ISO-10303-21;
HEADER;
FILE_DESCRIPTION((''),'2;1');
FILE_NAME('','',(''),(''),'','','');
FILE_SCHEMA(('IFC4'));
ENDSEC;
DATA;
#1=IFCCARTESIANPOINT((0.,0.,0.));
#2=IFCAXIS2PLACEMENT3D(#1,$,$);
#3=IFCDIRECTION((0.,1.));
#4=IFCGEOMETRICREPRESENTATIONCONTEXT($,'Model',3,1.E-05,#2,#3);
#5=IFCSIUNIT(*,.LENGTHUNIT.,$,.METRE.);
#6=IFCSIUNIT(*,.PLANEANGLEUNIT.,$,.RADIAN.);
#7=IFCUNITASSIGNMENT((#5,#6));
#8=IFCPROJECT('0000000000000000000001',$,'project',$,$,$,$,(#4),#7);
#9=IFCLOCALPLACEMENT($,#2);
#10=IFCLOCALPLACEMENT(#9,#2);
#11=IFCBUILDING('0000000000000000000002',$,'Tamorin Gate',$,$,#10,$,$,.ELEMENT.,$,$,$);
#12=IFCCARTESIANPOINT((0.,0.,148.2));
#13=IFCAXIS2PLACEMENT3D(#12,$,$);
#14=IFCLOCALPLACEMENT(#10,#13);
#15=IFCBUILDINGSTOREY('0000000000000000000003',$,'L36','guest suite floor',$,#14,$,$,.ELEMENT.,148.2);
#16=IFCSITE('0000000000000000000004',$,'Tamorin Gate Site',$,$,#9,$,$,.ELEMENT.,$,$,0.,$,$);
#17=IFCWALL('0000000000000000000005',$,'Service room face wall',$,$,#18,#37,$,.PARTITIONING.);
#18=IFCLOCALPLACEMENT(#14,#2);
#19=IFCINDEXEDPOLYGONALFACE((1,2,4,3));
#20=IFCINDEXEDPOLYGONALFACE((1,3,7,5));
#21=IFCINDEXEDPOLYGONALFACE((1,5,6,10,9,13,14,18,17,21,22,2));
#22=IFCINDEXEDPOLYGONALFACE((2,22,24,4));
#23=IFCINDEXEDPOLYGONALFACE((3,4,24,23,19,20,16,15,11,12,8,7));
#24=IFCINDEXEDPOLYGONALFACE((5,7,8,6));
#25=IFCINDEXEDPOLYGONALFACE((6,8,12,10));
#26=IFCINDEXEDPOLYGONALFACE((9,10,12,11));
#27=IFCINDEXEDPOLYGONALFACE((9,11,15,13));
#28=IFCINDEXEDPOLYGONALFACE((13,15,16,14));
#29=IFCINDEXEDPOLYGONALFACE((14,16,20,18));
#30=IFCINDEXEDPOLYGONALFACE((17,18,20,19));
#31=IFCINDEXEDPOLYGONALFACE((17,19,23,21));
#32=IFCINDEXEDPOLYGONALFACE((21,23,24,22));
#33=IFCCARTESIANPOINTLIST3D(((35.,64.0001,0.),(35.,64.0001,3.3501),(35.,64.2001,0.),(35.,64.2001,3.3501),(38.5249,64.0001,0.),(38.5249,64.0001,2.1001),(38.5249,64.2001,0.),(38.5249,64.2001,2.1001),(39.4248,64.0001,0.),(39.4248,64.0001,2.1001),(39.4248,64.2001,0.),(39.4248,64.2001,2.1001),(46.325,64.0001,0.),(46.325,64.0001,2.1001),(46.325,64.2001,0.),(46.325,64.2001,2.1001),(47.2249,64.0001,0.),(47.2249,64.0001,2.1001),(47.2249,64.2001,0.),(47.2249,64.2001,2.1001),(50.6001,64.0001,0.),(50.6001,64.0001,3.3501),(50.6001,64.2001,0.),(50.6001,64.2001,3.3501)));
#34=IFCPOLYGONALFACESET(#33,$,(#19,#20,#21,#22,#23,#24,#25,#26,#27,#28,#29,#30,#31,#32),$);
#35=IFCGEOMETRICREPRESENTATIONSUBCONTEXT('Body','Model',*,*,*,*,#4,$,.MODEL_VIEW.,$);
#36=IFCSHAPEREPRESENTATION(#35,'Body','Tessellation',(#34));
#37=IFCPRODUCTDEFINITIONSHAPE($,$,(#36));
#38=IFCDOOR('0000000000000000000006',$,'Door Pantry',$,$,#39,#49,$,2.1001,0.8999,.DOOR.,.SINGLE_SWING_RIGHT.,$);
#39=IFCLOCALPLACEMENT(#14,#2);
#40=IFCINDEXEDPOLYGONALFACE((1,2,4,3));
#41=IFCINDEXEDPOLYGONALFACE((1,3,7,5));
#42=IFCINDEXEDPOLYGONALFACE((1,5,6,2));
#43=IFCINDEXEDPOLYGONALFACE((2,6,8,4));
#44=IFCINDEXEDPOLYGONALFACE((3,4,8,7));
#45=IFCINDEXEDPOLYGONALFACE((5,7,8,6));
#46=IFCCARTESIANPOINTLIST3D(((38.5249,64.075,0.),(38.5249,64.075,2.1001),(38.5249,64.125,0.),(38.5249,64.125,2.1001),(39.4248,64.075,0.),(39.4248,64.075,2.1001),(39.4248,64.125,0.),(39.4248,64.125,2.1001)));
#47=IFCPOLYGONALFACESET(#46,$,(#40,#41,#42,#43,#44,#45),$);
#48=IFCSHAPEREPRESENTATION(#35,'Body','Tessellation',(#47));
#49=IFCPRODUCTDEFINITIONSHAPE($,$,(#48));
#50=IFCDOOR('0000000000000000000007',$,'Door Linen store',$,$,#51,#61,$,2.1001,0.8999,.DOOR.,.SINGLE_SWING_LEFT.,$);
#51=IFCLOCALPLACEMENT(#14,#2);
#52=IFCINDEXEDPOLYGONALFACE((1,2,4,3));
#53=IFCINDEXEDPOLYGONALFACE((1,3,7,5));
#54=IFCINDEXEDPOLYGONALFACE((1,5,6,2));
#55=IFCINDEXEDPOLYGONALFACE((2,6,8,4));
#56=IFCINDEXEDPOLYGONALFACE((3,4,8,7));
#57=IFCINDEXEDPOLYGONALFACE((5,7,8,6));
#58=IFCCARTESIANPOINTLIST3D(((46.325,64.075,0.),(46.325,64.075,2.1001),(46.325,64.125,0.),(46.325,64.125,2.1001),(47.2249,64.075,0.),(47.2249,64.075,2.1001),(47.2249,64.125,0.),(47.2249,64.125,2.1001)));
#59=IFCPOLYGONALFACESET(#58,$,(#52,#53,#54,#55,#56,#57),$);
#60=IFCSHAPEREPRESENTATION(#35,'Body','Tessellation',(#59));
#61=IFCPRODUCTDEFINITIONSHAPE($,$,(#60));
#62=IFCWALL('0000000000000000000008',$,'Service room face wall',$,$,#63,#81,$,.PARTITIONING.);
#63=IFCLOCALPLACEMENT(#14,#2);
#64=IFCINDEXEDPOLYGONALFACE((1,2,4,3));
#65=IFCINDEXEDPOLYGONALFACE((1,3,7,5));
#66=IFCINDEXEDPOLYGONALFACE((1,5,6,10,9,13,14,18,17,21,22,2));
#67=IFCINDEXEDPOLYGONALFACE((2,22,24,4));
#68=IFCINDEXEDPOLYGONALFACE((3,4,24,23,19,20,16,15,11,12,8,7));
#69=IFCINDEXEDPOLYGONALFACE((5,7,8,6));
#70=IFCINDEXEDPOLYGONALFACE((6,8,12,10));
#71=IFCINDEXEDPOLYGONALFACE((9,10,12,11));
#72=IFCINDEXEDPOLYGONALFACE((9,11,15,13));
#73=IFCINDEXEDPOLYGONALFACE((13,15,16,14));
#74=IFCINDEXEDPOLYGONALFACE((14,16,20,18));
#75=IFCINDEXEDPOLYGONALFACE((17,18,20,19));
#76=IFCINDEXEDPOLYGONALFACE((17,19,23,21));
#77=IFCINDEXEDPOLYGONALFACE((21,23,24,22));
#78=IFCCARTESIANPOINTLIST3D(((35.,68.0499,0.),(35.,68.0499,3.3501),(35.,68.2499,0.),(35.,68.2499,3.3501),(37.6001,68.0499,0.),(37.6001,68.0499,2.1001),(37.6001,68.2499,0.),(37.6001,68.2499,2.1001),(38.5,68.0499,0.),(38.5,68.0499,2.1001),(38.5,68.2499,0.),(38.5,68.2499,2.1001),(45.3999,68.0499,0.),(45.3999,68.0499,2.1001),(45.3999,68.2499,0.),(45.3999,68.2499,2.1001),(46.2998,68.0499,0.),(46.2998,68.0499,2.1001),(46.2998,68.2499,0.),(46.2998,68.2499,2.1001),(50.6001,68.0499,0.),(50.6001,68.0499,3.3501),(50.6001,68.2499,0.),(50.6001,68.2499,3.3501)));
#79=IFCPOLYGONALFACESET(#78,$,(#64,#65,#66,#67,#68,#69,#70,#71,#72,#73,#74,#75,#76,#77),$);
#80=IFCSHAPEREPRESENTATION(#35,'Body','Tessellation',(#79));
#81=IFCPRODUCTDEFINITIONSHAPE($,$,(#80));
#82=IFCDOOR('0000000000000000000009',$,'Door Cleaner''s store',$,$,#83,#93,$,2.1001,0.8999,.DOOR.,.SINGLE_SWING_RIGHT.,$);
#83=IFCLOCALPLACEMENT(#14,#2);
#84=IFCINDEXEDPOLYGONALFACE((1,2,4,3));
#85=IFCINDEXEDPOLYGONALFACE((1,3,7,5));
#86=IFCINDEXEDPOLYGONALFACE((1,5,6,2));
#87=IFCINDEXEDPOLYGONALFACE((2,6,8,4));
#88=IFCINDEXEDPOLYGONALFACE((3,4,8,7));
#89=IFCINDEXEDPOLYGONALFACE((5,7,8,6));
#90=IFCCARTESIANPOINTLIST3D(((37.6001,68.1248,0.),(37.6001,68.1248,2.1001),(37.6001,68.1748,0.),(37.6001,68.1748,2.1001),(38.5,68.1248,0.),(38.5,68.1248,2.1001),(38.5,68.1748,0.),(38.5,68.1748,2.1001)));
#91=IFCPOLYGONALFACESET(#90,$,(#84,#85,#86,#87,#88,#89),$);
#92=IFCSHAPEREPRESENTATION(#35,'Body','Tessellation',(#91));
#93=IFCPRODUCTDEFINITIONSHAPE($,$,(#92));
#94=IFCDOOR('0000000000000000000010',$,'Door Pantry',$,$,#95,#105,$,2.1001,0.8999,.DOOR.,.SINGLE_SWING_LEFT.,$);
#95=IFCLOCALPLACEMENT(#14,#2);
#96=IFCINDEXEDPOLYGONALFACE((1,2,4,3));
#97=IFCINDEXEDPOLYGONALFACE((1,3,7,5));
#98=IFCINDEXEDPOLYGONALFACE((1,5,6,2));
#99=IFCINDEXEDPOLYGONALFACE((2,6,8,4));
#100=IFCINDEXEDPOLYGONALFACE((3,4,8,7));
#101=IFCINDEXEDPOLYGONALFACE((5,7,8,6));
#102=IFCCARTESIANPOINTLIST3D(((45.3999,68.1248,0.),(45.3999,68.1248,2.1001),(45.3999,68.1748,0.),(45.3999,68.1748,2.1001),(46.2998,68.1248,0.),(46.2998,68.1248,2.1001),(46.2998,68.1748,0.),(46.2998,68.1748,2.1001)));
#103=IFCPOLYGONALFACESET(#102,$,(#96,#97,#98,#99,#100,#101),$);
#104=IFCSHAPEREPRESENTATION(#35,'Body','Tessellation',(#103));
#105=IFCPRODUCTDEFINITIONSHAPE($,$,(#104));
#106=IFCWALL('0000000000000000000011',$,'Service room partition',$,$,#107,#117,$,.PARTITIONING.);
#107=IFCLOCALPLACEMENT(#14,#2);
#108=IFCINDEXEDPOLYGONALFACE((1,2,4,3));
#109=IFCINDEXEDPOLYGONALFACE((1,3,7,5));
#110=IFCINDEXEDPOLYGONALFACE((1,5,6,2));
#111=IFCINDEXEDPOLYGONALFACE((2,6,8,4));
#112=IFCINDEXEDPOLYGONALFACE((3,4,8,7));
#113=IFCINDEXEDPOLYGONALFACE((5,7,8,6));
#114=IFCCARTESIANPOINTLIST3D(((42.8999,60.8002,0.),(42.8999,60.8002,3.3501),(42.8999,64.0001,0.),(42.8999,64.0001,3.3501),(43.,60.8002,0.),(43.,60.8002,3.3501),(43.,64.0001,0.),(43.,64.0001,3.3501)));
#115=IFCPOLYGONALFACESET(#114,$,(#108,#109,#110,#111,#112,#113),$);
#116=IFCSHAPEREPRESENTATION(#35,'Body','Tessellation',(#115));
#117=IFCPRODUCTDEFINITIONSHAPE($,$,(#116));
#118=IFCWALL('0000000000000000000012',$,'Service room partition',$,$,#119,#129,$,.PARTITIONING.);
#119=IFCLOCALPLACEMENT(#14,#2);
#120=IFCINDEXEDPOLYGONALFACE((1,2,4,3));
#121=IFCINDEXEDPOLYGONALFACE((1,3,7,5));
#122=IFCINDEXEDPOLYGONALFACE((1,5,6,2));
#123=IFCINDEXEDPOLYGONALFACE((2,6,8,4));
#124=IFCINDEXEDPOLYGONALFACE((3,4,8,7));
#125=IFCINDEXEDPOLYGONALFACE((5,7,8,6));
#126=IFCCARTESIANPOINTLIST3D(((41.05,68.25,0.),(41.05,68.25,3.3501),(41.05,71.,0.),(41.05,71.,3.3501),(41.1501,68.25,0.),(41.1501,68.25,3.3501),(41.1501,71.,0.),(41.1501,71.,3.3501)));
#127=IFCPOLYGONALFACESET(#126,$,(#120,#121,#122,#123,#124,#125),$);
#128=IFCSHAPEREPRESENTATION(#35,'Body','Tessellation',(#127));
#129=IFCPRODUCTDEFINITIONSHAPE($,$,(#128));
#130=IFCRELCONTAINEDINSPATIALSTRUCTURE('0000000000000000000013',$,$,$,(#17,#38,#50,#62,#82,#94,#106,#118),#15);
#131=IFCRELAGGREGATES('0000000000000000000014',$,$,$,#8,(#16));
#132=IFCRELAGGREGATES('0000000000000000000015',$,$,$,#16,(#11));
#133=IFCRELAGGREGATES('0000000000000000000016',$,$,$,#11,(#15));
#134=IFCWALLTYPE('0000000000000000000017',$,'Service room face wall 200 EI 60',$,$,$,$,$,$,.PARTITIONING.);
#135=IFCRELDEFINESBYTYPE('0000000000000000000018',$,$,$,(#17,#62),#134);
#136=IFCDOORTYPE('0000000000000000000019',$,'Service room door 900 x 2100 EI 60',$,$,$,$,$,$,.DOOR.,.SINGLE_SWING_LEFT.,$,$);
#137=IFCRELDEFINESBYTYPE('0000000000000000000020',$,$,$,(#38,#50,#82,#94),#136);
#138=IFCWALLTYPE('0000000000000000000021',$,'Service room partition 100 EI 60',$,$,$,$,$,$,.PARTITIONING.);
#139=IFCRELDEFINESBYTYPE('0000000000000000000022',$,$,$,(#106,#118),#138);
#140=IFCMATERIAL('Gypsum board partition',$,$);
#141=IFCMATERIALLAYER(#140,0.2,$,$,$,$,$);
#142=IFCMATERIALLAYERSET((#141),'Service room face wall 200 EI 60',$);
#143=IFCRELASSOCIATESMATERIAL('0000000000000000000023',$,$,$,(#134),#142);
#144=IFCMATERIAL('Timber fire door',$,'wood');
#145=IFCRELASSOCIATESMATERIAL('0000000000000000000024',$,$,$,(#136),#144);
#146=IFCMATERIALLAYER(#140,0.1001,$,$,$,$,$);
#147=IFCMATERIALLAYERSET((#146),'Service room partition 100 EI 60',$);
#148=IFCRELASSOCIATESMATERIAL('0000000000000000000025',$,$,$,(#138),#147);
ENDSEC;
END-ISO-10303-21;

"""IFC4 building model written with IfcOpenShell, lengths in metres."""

from ifc_helpers import new_model, si_unit, direction, frame, frame_2d, origin, place, context, subcontext, project, spatial, rectangle, extrude, material, layer, layer_set, type_object, element, fill, save


model = new_model("IFC4")

# Units and contexts
model_context = context("Model", 3, precision=1e-05, world=origin(), true_north=direction((0.0, 1.0)))
body_context = subcontext(model_context, "Body", "Model", "MODEL_VIEW")
ifc_project = project(units=[si_unit("LENGTHUNIT", "METRE"), si_unit("PLANEANGLEUNIT", "RADIAN")], contexts=[model_context])

# Site, building, storey
site_placement = place(None, origin())
site = spatial("IfcSite", under=ifc_project, at=site_placement, Name="Tamorin Gate Site", CompositionType="ELEMENT", RefElevation=0.0)
building_placement = place(site_placement, origin())
building = spatial("IfcBuilding", under=site, at=building_placement, Name="Tamorin Gate", CompositionType="ELEMENT")
storey_placement = place(building_placement, frame((0.0, 0.0, 148.2)))
storey = spatial("IfcBuildingStorey", under=building, at=storey_placement, Name="L36", Description="guest suite floor", CompositionType="ELEMENT", Elevation=148.2)

# Walls, openings, doors
ifc_material_1 = material(Name="Gypsum board partition")
ifc_layer_1 = layer(ifc_material_1, 0.2)
ifc_layer_set_1 = layer_set([ifc_layer_1], Name="Service room face wall 200 EI 60")
wall_type_1 = type_object("IfcWallType", Name="Service room face wall 200 EI 60", PredefinedType="PARTITIONING", material=ifc_layer_set_1)
wall_1_placement = place(storey_placement, frame((35.0, 64.1001, 0.0), z_axis=(0.0, 0.0, 1.0), x_axis=(1.0, 0.0, 0.0)))
wall_1 = element("IfcWall", 1, at=wall_1_placement, inside=storey, type_object=wall_type_1, Name="Service room face wall", PredefinedType="PARTITIONING", context=body_context, shape_type="SweptSolid", body=[
    extrude(rectangle(XDim=15.6001, YDim=0.2, at=frame_2d((7.8, 0.0))), origin(), (0.0, 0.0, 1.0), 3.3501),
])
opening_1_placement = place(wall_1_placement, frame((3.5249, 0.0, 0.0)))
opening_1 = element("IfcOpeningElement", 2, at=opening_1_placement, cuts=wall_1, PredefinedType="OPENING", context=body_context, shape_type="SweptSolid", body=[
    extrude(rectangle(XDim=0.8999, YDim=2.1001, at=frame_2d((0.45, 1.05))), frame((0.0, 0.1099, 0.0), z_axis=(0.0, -1.0, 0.0), x_axis=(1.0, 0.0, 0.0)), (0.0, 0.0, 1.0), 0.22),
])
opening_2_placement = place(wall_1_placement, frame((11.325, 0.0, 0.0)))
opening_2 = element("IfcOpeningElement", 3, at=opening_2_placement, cuts=wall_1, PredefinedType="OPENING", context=body_context, shape_type="SweptSolid", body=[
    extrude(rectangle(XDim=0.8999, YDim=2.1001, at=frame_2d((0.45, 1.05))), frame((0.0, 0.1099, 0.0), z_axis=(0.0, -1.0, 0.0), x_axis=(1.0, 0.0, 0.0)), (0.0, 0.0, 1.0), 0.22),
])
ifc_material_2 = material(Name="Timber fire door", Category="wood")
door_type_1 = type_object("IfcDoorType", Name="Service room door 900 x 2100 EI 60", OperationType="SINGLE_SWING_LEFT", PredefinedType="DOOR", material=ifc_material_2)
door_1_placement = place(opening_1_placement, origin())
door_1 = element("IfcDoor", 4, at=door_1_placement, inside=storey, type_object=door_type_1, Name="Door Pantry", OperationType="SINGLE_SWING_RIGHT", OverallHeight=2.1001, OverallWidth=0.8999, PredefinedType="DOOR", context=body_context, shape_type="SweptSolid", body=[
    extrude(rectangle(XDim=0.8999, YDim=2.1001, at=frame_2d((0.45, 1.05))), frame((0.0, 0.0249, 0.0), z_axis=(0.0, -1.0, 0.0), x_axis=(1.0, 0.0, 0.0)), (0.0, 0.0, 1.0), 0.05),
])
fill(opening_1, door_1)
door_2_placement = place(opening_2_placement, origin())
door_2 = element("IfcDoor", 5, at=door_2_placement, inside=storey, type_object=door_type_1, Name="Door Linen store", OperationType="SINGLE_SWING_LEFT", OverallHeight=2.1001, OverallWidth=0.8999, PredefinedType="DOOR", context=body_context, shape_type="SweptSolid", body=[
    extrude(rectangle(XDim=0.8999, YDim=2.1001, at=frame_2d((0.45, 1.05))), frame((0.0, 0.0249, 0.0), z_axis=(0.0, -1.0, 0.0), x_axis=(1.0, 0.0, 0.0)), (0.0, 0.0, 1.0), 0.05),
])
fill(opening_2, door_2)
wall_2_placement = place(storey_placement, frame((35.0, 68.1499, 0.0), z_axis=(0.0, 0.0, 1.0), x_axis=(1.0, 0.0, 0.0)))
wall_2 = element("IfcWall", 6, at=wall_2_placement, inside=storey, type_object=wall_type_1, Name="Service room face wall", PredefinedType="PARTITIONING", context=body_context, shape_type="SweptSolid", body=[
    extrude(rectangle(XDim=15.6001, YDim=0.2, at=frame_2d((7.8, 0.0))), origin(), (0.0, 0.0, 1.0), 3.3501),
])
opening_3_placement = place(wall_2_placement, frame((2.6001, 0.0, 0.0)))
opening_3 = element("IfcOpeningElement", 7, at=opening_3_placement, cuts=wall_2, PredefinedType="OPENING", context=body_context, shape_type="SweptSolid", body=[
    extrude(rectangle(XDim=0.8999, YDim=2.1001, at=frame_2d((0.45, 1.05))), frame((0.0, 0.1099, 0.0), z_axis=(0.0, -1.0, 0.0), x_axis=(1.0, 0.0, 0.0)), (0.0, 0.0, 1.0), 0.22),
])
opening_4_placement = place(wall_2_placement, frame((10.3999, 0.0, 0.0)))
opening_4 = element("IfcOpeningElement", 8, at=opening_4_placement, cuts=wall_2, PredefinedType="OPENING", context=body_context, shape_type="SweptSolid", body=[
    extrude(rectangle(XDim=0.8999, YDim=2.1001, at=frame_2d((0.45, 1.05))), frame((0.0, 0.1099, 0.0), z_axis=(0.0, -1.0, 0.0), x_axis=(1.0, 0.0, 0.0)), (0.0, 0.0, 1.0), 0.22),
])
door_3_placement = place(opening_3_placement, origin())
door_3 = element("IfcDoor", 9, at=door_3_placement, inside=storey, type_object=door_type_1, Name="Door Cleaner's store", OperationType="SINGLE_SWING_RIGHT", OverallHeight=2.1001, OverallWidth=0.8999, PredefinedType="DOOR", context=body_context, shape_type="SweptSolid", body=[
    extrude(rectangle(XDim=0.8999, YDim=2.1001, at=frame_2d((0.45, 1.05))), frame((0.0, 0.0249, 0.0), z_axis=(0.0, -1.0, 0.0), x_axis=(1.0, 0.0, 0.0)), (0.0, 0.0, 1.0), 0.05),
])
fill(opening_3, door_3)
door_4_placement = place(opening_4_placement, origin())
door_4 = element("IfcDoor", 10, at=door_4_placement, inside=storey, type_object=door_type_1, Name="Door Pantry", OperationType="SINGLE_SWING_LEFT", OverallHeight=2.1001, OverallWidth=0.8999, PredefinedType="DOOR", context=body_context, shape_type="SweptSolid", body=[
    extrude(rectangle(XDim=0.8999, YDim=2.1001, at=frame_2d((0.45, 1.05))), frame((0.0, 0.0249, 0.0), z_axis=(0.0, -1.0, 0.0), x_axis=(1.0, 0.0, 0.0)), (0.0, 0.0, 1.0), 0.05),
])
fill(opening_4, door_4)

# Walls
ifc_layer_2 = layer(ifc_material_1, 0.1001)
ifc_layer_set_2 = layer_set([ifc_layer_2], Name="Service room partition 100 EI 60")
wall_type_2 = type_object("IfcWallType", Name="Service room partition 100 EI 60", PredefinedType="PARTITIONING", material=ifc_layer_set_2)
wall_3_placement = place(storey_placement, frame((42.95, 60.8, 0.0), z_axis=(0.0, 0.0, 1.0), x_axis=(0.0, 1.0, 0.0)))
element("IfcWall", 11, at=wall_3_placement, inside=storey, type_object=wall_type_2, Name="Service room partition", PredefinedType="PARTITIONING", context=body_context, shape_type="SweptSolid", body=[
    extrude(rectangle(XDim=3.2, YDim=0.1001, at=frame_2d((1.6001, 0.0))), origin(), (0.0, 0.0, 1.0), 3.3501),
])
wall_4_placement = place(storey_placement, frame((41.1001, 68.25, 0.0), z_axis=(0.0, 0.0, 1.0), x_axis=(0.0, 1.0, 0.0)))
element("IfcWall", 12, at=wall_4_placement, inside=storey, type_object=wall_type_2, Name="Service room partition", PredefinedType="PARTITIONING", context=body_context, shape_type="SweptSolid", body=[
    extrude(rectangle(XDim=2.75, YDim=0.1001, at=frame_2d((1.375, 0.0))), origin(), (0.0, 0.0, 1.0), 3.3501),
])

save(model, "model.ifc")
